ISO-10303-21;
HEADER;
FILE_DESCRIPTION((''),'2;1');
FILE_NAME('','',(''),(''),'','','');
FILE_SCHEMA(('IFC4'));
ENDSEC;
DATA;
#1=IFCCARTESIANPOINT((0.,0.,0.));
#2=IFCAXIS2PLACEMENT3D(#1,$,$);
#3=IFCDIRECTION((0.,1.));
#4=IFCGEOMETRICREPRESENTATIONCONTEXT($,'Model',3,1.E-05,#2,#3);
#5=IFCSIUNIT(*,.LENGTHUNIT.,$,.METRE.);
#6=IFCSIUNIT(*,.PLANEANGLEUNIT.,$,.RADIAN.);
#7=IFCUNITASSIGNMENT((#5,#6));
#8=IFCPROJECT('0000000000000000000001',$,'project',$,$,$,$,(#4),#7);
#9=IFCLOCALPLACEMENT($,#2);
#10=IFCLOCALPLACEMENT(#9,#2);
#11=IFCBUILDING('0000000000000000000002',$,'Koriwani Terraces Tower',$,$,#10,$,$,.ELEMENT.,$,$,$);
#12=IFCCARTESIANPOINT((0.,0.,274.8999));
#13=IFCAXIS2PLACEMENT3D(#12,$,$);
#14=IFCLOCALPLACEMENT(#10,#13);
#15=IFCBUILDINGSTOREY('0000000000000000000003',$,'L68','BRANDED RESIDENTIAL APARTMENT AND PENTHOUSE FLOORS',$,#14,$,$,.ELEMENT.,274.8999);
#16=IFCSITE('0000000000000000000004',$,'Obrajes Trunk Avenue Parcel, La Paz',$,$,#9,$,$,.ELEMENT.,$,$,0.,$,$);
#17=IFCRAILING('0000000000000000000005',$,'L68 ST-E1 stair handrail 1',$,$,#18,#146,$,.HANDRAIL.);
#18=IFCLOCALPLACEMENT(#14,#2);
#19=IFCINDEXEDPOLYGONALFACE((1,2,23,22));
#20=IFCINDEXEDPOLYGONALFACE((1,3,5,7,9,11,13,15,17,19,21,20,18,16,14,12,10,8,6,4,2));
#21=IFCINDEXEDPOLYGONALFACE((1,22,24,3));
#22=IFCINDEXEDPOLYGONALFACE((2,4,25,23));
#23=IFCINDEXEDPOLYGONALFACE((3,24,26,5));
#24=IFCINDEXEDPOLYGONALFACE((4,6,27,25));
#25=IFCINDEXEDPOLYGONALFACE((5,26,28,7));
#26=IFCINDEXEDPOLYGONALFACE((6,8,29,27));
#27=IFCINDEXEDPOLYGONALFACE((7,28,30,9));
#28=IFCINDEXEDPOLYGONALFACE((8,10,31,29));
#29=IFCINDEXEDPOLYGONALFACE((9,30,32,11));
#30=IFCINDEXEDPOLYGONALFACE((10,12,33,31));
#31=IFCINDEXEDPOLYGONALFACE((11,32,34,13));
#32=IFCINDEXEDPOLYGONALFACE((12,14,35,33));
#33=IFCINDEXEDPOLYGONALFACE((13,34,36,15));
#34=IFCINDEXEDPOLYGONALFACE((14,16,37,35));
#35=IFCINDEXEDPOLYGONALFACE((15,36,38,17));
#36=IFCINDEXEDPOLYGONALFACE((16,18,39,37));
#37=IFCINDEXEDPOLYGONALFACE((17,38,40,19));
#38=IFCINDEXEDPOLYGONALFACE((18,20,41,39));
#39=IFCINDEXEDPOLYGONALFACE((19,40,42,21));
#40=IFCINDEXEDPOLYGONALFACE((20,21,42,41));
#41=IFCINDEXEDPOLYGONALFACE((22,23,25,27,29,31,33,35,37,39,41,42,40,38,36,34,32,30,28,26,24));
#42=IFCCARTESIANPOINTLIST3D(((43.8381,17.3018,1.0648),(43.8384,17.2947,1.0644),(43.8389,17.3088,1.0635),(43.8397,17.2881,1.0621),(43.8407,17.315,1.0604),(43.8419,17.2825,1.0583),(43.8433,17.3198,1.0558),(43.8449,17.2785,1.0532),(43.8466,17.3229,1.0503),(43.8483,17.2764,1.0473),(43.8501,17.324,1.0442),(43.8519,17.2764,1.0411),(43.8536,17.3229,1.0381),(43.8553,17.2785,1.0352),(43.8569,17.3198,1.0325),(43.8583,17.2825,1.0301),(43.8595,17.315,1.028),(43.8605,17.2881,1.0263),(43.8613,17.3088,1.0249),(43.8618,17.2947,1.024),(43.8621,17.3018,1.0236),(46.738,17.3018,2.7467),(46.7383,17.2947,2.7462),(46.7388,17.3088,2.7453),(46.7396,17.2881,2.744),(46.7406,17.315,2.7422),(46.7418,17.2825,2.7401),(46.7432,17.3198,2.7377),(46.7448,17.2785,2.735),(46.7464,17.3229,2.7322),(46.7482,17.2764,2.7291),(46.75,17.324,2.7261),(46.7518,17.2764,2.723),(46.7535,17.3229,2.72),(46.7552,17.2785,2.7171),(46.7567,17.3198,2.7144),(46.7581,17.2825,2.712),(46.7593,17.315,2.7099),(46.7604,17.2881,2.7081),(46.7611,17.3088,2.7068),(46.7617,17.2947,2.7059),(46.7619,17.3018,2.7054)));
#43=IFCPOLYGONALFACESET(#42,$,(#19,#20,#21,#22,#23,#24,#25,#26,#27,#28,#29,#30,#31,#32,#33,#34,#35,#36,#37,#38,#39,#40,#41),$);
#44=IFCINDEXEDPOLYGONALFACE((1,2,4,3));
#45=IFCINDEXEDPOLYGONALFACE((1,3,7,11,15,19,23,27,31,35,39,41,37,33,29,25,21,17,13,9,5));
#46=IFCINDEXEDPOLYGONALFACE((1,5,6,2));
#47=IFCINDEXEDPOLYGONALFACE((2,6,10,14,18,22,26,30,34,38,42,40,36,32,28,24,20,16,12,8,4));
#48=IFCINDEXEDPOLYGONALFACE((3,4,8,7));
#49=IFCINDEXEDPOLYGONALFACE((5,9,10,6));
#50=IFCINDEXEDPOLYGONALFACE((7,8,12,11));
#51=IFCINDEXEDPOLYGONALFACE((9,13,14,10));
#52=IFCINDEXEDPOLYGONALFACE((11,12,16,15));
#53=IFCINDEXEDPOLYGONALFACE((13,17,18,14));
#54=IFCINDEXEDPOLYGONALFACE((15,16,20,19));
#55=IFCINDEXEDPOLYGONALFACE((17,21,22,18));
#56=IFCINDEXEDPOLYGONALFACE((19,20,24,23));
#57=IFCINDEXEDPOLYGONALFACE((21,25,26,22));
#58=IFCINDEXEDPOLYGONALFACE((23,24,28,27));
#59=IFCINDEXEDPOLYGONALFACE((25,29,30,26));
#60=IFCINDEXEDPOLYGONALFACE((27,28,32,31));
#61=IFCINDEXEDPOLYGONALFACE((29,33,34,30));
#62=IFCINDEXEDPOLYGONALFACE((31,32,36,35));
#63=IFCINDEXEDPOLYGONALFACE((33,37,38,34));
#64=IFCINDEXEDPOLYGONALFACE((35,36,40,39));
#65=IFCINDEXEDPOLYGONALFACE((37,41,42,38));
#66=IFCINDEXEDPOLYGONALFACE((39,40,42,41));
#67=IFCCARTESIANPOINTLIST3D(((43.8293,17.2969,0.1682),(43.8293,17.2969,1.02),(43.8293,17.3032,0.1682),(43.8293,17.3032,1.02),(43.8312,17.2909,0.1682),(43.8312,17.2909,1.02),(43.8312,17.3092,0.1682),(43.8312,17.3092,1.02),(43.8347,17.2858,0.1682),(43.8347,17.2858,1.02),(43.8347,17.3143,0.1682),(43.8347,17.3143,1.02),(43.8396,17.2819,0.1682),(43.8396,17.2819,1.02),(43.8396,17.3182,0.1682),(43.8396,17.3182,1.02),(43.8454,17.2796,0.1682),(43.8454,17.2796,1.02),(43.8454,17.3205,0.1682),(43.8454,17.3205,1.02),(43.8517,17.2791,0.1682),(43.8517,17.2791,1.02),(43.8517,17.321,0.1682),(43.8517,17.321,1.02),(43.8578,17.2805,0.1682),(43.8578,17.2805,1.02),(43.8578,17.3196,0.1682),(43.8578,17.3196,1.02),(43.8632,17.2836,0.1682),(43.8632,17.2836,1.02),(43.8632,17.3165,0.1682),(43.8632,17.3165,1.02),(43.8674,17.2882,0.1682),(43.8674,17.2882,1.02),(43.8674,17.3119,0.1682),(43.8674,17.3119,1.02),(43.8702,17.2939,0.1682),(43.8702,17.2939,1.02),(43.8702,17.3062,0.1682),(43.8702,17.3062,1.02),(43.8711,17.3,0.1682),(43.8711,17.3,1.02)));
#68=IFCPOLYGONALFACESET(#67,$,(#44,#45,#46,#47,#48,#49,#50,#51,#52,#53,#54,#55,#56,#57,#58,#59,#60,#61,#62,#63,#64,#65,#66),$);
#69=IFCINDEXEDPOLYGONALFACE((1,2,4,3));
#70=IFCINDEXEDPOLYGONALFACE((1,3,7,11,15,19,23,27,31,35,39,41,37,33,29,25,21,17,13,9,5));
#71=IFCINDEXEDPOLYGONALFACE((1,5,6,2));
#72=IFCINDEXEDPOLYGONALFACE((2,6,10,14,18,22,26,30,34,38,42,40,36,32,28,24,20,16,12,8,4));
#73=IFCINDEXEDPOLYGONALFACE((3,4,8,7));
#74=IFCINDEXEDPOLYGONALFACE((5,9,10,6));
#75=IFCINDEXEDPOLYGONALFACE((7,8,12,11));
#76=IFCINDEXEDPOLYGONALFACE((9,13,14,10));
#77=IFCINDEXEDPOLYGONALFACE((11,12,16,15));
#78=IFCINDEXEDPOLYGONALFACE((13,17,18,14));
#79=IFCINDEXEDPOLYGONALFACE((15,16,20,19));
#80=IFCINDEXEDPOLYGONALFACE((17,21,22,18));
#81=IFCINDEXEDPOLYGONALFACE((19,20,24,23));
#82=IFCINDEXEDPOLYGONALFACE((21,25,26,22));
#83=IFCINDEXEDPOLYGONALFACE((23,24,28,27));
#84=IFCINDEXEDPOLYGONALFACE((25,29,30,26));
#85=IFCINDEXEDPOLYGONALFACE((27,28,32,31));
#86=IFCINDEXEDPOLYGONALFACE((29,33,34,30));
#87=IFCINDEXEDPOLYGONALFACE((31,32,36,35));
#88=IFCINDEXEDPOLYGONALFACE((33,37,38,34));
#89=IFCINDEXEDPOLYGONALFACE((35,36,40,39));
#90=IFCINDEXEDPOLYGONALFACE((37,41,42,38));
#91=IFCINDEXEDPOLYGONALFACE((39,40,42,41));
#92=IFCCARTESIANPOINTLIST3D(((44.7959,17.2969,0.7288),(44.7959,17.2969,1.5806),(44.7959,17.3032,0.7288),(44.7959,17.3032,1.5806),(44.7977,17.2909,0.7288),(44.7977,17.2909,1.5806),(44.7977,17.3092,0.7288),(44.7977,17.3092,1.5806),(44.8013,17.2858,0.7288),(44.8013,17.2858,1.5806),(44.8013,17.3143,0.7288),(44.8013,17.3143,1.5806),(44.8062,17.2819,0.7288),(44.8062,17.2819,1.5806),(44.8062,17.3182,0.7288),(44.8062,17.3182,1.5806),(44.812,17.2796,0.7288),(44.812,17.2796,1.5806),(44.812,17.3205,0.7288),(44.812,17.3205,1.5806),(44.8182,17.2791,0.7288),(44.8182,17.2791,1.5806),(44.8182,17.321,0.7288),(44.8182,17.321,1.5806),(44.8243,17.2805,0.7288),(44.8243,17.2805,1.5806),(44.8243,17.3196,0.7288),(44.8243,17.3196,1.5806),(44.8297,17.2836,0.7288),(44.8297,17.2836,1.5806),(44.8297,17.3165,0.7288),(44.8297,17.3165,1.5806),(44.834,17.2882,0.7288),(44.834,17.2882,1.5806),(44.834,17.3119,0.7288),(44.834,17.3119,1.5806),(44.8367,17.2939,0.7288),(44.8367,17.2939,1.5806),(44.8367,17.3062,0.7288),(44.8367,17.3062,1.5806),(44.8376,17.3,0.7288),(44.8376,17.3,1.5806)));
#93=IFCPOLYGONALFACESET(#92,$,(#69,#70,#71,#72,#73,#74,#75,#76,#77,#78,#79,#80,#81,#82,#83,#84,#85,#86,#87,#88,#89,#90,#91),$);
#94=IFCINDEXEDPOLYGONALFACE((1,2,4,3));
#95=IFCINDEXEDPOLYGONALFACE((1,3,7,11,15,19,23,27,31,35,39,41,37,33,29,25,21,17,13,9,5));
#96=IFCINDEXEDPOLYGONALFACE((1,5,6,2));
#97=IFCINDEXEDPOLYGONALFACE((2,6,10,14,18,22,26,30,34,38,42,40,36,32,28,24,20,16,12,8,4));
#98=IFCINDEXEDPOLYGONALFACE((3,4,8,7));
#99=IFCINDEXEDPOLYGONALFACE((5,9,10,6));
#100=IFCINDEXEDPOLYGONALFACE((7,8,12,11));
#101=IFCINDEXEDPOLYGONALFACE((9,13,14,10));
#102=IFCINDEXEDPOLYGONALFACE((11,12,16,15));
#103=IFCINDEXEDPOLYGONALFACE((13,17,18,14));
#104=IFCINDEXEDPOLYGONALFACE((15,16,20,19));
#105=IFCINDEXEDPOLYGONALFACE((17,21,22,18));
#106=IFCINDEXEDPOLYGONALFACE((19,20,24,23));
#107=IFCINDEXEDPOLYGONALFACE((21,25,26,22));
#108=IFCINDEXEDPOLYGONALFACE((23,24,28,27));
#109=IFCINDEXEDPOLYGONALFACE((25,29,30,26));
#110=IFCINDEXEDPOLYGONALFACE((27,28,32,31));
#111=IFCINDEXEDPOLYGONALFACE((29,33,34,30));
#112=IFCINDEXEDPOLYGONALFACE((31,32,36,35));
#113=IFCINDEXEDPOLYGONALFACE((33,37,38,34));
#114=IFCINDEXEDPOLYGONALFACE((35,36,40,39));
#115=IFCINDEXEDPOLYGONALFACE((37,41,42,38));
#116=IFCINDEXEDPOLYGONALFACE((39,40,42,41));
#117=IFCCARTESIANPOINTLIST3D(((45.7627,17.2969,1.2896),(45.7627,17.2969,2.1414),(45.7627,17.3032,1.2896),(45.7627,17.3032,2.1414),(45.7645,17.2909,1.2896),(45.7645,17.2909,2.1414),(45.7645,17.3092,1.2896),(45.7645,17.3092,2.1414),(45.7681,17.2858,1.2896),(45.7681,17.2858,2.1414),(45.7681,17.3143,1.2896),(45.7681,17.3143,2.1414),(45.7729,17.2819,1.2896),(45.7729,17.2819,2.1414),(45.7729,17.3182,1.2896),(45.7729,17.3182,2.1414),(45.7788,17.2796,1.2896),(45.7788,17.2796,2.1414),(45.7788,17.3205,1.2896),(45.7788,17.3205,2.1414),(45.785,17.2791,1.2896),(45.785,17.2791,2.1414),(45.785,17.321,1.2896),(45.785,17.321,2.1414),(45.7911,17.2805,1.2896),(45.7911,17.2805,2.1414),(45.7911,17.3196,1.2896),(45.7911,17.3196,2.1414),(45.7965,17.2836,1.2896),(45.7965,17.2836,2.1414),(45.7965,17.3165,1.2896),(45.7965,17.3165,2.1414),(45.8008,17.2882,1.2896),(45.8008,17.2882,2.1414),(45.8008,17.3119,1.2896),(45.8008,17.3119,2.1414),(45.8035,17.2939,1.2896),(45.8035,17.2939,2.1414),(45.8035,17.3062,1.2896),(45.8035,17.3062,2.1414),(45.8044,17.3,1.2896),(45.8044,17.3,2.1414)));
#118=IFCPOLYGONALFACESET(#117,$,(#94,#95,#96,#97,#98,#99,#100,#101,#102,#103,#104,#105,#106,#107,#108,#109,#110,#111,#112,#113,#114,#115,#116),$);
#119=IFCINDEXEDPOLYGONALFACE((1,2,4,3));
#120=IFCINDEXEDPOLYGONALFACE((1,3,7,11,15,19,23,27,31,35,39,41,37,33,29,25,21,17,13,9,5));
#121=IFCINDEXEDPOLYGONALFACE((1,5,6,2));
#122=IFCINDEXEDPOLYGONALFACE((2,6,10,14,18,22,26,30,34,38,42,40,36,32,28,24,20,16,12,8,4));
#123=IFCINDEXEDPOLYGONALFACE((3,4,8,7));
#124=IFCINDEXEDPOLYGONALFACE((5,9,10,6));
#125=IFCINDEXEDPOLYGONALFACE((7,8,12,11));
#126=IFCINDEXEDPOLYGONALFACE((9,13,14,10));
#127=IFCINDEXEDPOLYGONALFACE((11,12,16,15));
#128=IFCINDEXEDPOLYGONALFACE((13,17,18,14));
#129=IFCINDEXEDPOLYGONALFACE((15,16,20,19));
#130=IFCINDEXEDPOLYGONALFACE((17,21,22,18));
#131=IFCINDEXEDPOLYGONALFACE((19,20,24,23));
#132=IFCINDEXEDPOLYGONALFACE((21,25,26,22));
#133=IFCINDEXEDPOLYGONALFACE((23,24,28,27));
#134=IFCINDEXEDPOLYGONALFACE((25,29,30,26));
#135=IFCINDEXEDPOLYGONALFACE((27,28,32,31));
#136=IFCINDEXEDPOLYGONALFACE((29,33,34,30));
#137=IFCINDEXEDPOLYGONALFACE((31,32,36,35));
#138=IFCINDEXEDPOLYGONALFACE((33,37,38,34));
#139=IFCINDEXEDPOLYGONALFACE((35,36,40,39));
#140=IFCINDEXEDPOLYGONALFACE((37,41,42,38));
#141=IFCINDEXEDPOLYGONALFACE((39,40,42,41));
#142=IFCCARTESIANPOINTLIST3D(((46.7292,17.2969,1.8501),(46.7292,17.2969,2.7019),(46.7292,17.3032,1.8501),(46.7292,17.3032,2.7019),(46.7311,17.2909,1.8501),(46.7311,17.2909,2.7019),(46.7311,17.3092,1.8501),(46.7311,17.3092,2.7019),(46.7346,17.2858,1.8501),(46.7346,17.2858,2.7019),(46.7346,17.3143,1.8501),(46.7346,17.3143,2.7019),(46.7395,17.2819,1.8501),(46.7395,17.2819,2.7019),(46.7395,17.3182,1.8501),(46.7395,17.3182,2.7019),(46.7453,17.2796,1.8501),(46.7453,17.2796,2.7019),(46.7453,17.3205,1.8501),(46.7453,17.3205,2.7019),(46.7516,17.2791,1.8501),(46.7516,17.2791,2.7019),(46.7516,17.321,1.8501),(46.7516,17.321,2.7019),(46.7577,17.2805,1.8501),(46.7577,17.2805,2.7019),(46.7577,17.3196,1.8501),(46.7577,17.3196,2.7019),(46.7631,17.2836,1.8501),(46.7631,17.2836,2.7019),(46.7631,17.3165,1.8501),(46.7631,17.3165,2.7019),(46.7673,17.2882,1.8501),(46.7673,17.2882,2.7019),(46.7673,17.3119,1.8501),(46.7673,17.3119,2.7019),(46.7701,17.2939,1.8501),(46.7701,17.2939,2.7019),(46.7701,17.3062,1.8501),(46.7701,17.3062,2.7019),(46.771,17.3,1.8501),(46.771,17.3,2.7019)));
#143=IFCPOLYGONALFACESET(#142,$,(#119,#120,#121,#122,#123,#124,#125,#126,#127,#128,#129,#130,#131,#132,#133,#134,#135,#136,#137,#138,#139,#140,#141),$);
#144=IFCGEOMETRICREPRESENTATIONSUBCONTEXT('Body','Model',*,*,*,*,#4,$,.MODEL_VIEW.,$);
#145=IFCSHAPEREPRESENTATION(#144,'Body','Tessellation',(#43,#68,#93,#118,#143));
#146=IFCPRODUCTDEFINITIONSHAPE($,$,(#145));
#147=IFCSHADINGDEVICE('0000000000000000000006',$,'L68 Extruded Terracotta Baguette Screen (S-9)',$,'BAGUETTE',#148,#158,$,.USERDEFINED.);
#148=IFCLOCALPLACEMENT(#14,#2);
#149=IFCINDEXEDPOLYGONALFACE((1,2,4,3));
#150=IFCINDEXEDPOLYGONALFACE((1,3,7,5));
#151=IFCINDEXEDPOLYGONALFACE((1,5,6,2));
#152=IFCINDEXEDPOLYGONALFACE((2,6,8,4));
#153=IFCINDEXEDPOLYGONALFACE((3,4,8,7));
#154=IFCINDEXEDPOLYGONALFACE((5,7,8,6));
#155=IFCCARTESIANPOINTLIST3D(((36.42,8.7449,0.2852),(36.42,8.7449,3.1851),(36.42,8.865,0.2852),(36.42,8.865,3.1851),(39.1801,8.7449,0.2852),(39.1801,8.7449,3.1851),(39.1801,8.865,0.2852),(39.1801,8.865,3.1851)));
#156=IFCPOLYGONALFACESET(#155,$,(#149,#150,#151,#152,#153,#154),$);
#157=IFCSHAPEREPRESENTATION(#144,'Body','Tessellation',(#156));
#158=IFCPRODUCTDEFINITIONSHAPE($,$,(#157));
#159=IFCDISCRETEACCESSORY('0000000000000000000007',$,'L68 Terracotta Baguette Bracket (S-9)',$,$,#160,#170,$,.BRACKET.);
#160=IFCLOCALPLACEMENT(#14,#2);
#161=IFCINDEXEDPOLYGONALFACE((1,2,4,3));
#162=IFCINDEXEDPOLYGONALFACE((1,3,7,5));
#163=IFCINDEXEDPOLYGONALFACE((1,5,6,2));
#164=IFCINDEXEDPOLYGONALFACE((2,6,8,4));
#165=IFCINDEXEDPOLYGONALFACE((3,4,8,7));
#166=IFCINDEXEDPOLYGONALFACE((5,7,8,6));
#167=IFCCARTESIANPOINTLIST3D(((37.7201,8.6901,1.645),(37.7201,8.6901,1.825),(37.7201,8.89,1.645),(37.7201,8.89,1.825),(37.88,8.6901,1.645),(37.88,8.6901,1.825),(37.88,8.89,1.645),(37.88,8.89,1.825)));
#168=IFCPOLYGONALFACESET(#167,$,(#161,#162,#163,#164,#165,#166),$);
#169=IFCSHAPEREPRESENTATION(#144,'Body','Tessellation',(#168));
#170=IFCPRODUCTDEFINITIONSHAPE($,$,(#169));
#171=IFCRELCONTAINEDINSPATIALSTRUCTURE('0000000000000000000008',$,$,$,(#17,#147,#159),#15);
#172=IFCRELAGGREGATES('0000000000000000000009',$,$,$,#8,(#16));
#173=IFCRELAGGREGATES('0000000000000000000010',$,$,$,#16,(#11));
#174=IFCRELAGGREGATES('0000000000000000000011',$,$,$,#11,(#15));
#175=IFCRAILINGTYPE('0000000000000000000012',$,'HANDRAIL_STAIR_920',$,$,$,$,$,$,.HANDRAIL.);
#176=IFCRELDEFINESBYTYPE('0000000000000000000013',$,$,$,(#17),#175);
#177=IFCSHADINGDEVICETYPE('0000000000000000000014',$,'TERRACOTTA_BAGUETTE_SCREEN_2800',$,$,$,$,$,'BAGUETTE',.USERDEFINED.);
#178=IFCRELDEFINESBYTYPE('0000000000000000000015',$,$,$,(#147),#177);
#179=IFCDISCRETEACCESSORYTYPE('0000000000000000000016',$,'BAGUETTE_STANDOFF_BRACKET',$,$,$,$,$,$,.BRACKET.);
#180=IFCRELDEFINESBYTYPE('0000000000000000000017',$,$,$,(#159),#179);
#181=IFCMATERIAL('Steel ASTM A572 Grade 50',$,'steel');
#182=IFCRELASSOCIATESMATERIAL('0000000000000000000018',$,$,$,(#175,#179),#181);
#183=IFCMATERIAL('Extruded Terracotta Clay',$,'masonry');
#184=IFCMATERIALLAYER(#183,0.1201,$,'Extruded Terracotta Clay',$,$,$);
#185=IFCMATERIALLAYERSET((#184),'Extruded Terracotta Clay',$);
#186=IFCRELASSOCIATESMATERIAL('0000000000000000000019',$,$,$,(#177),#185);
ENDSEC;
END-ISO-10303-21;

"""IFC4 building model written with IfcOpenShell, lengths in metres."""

from ifc_helpers import new_model, si_unit, direction, frame, origin, origin_2d, place, context, subcontext, project, spatial, rectangle, circle, extrude, material, layer, layer_set, type_object, element, save


model = new_model("IFC4")

# Units and contexts
model_context = context("Model", 3, precision=1e-05, world=origin(), true_north=direction((0.0, 1.0)))
body_context = subcontext(model_context, "Body", "Model", "MODEL_VIEW")
ifc_project = project(units=[si_unit("LENGTHUNIT", "METRE"), si_unit("PLANEANGLEUNIT", "RADIAN")], contexts=[model_context])

# Site, building, storey
site_placement = place(None, origin())
site = spatial("IfcSite", under=ifc_project, at=site_placement, Name="Obrajes Trunk Avenue Parcel, La Paz", CompositionType="ELEMENT", RefElevation=0.0)
building_placement = place(site_placement, origin())
building = spatial("IfcBuilding", under=site, at=building_placement, Name="Koriwani Terraces Tower", CompositionType="ELEMENT")
storey_placement = place(building_placement, frame((0.0, 0.0, 274.8999)))
storey = spatial("IfcBuildingStorey", under=building, at=storey_placement, Name="L68", Description="BRANDED RESIDENTIAL APARTMENT AND PENTHOUSE FLOORS", CompositionType="ELEMENT", Elevation=274.8999)

# Shared definitions
ifc_material_1 = material(Name="Steel ASTM A572 Grade 50", Category="steel")

# Railing
railing_type_1 = type_object("IfcRailingType", Name="HANDRAIL_STAIR_920", PredefinedType="HANDRAIL", material=ifc_material_1)
railing_1_placement = place(storey_placement, frame((43.8501, 17.3, 0.1682)))
element("IfcRailing", 1, at=railing_1_placement, inside=storey, type_object=railing_type_1, Name="L68 ST-E1 stair handrail 1", PredefinedType="HANDRAIL", context=body_context, shape_type="SweptSolid", body=[
    extrude(circle(Radius=0.0239, at=origin_2d()), frame((0.0, 0.0, 0.876), z_axis=(0.865039, 0.0, 0.501705), x_axis=(0.0, 1.0, 0.0)), (0.0, 0.0, 1.0), 3.3523),
    extrude(circle(Radius=0.021, at=origin_2d()), origin(), (0.0, 0.0, 1.0), 0.8518),
    extrude(circle(Radius=0.021, at=origin_2d()), frame((0.9666, 0.0, 0.5605)), (0.0, 0.0, 1.0), 0.8518),
    extrude(circle(Radius=0.021, at=origin_2d()), frame((1.9333, 0.0, 1.1213)), (0.0, 0.0, 1.0), 0.8518),
    extrude(circle(Radius=0.021, at=origin_2d()), frame((2.8999, 0.0, 1.6819)), (0.0, 0.0, 1.0), 0.8518),
])

# Shading device
ifc_material_2 = material(Name="Extruded Terracotta Clay", Category="masonry")
ifc_layer_1 = layer(ifc_material_2, 0.1201, Name="Extruded Terracotta Clay")
ifc_layer_set_1 = layer_set([ifc_layer_1], Name="Extruded Terracotta Clay")
shading_device_type = type_object("IfcShadingDeviceType", Name="TERRACOTTA_BAGUETTE_SCREEN_2800", ElementType="BAGUETTE", PredefinedType="USERDEFINED", material=ifc_layer_set_1)
shading_device_placement = place(storey_placement, frame((37.8, 8.8049, 0.2852), z_axis=(0.0, 0.0, 1.0), x_axis=(-1.0, 0.0, 0.0)))
element("IfcShadingDevice", 2, at=shading_device_placement, inside=storey, type_object=shading_device_type, Name="L68 Extruded Terracotta Baguette Screen (S-9)", ObjectType="BAGUETTE", PredefinedType="USERDEFINED", context=body_context, shape_type="SweptSolid", body=[
    extrude(rectangle(XDim=2.76, YDim=0.1201, at=origin_2d()), origin(), (0.0, 0.0, 1.0), 2.8999),
])

# Discrete accessory
discrete_accessory_type = type_object("IfcDiscreteAccessoryType", Name="BAGUETTE_STANDOFF_BRACKET", PredefinedType="BRACKET", material=ifc_material_1)
discrete_accessory_placement = place(storey_placement, frame((37.8, 8.79, 1.645), z_axis=(0.0, 0.0, 1.0), x_axis=(-1.0, 0.0, 0.0)))
element("IfcDiscreteAccessory", 3, at=discrete_accessory_placement, inside=storey, type_object=discrete_accessory_type, Name="L68 Terracotta Baguette Bracket (S-9)", PredefinedType="BRACKET", context=body_context, shape_type="SweptSolid", body=[
    extrude(rectangle(XDim=0.1599, YDim=0.2, at=origin_2d()), origin(), (0.0, 0.0, 1.0), 0.1799),
])

save(model, "model.ifc")
